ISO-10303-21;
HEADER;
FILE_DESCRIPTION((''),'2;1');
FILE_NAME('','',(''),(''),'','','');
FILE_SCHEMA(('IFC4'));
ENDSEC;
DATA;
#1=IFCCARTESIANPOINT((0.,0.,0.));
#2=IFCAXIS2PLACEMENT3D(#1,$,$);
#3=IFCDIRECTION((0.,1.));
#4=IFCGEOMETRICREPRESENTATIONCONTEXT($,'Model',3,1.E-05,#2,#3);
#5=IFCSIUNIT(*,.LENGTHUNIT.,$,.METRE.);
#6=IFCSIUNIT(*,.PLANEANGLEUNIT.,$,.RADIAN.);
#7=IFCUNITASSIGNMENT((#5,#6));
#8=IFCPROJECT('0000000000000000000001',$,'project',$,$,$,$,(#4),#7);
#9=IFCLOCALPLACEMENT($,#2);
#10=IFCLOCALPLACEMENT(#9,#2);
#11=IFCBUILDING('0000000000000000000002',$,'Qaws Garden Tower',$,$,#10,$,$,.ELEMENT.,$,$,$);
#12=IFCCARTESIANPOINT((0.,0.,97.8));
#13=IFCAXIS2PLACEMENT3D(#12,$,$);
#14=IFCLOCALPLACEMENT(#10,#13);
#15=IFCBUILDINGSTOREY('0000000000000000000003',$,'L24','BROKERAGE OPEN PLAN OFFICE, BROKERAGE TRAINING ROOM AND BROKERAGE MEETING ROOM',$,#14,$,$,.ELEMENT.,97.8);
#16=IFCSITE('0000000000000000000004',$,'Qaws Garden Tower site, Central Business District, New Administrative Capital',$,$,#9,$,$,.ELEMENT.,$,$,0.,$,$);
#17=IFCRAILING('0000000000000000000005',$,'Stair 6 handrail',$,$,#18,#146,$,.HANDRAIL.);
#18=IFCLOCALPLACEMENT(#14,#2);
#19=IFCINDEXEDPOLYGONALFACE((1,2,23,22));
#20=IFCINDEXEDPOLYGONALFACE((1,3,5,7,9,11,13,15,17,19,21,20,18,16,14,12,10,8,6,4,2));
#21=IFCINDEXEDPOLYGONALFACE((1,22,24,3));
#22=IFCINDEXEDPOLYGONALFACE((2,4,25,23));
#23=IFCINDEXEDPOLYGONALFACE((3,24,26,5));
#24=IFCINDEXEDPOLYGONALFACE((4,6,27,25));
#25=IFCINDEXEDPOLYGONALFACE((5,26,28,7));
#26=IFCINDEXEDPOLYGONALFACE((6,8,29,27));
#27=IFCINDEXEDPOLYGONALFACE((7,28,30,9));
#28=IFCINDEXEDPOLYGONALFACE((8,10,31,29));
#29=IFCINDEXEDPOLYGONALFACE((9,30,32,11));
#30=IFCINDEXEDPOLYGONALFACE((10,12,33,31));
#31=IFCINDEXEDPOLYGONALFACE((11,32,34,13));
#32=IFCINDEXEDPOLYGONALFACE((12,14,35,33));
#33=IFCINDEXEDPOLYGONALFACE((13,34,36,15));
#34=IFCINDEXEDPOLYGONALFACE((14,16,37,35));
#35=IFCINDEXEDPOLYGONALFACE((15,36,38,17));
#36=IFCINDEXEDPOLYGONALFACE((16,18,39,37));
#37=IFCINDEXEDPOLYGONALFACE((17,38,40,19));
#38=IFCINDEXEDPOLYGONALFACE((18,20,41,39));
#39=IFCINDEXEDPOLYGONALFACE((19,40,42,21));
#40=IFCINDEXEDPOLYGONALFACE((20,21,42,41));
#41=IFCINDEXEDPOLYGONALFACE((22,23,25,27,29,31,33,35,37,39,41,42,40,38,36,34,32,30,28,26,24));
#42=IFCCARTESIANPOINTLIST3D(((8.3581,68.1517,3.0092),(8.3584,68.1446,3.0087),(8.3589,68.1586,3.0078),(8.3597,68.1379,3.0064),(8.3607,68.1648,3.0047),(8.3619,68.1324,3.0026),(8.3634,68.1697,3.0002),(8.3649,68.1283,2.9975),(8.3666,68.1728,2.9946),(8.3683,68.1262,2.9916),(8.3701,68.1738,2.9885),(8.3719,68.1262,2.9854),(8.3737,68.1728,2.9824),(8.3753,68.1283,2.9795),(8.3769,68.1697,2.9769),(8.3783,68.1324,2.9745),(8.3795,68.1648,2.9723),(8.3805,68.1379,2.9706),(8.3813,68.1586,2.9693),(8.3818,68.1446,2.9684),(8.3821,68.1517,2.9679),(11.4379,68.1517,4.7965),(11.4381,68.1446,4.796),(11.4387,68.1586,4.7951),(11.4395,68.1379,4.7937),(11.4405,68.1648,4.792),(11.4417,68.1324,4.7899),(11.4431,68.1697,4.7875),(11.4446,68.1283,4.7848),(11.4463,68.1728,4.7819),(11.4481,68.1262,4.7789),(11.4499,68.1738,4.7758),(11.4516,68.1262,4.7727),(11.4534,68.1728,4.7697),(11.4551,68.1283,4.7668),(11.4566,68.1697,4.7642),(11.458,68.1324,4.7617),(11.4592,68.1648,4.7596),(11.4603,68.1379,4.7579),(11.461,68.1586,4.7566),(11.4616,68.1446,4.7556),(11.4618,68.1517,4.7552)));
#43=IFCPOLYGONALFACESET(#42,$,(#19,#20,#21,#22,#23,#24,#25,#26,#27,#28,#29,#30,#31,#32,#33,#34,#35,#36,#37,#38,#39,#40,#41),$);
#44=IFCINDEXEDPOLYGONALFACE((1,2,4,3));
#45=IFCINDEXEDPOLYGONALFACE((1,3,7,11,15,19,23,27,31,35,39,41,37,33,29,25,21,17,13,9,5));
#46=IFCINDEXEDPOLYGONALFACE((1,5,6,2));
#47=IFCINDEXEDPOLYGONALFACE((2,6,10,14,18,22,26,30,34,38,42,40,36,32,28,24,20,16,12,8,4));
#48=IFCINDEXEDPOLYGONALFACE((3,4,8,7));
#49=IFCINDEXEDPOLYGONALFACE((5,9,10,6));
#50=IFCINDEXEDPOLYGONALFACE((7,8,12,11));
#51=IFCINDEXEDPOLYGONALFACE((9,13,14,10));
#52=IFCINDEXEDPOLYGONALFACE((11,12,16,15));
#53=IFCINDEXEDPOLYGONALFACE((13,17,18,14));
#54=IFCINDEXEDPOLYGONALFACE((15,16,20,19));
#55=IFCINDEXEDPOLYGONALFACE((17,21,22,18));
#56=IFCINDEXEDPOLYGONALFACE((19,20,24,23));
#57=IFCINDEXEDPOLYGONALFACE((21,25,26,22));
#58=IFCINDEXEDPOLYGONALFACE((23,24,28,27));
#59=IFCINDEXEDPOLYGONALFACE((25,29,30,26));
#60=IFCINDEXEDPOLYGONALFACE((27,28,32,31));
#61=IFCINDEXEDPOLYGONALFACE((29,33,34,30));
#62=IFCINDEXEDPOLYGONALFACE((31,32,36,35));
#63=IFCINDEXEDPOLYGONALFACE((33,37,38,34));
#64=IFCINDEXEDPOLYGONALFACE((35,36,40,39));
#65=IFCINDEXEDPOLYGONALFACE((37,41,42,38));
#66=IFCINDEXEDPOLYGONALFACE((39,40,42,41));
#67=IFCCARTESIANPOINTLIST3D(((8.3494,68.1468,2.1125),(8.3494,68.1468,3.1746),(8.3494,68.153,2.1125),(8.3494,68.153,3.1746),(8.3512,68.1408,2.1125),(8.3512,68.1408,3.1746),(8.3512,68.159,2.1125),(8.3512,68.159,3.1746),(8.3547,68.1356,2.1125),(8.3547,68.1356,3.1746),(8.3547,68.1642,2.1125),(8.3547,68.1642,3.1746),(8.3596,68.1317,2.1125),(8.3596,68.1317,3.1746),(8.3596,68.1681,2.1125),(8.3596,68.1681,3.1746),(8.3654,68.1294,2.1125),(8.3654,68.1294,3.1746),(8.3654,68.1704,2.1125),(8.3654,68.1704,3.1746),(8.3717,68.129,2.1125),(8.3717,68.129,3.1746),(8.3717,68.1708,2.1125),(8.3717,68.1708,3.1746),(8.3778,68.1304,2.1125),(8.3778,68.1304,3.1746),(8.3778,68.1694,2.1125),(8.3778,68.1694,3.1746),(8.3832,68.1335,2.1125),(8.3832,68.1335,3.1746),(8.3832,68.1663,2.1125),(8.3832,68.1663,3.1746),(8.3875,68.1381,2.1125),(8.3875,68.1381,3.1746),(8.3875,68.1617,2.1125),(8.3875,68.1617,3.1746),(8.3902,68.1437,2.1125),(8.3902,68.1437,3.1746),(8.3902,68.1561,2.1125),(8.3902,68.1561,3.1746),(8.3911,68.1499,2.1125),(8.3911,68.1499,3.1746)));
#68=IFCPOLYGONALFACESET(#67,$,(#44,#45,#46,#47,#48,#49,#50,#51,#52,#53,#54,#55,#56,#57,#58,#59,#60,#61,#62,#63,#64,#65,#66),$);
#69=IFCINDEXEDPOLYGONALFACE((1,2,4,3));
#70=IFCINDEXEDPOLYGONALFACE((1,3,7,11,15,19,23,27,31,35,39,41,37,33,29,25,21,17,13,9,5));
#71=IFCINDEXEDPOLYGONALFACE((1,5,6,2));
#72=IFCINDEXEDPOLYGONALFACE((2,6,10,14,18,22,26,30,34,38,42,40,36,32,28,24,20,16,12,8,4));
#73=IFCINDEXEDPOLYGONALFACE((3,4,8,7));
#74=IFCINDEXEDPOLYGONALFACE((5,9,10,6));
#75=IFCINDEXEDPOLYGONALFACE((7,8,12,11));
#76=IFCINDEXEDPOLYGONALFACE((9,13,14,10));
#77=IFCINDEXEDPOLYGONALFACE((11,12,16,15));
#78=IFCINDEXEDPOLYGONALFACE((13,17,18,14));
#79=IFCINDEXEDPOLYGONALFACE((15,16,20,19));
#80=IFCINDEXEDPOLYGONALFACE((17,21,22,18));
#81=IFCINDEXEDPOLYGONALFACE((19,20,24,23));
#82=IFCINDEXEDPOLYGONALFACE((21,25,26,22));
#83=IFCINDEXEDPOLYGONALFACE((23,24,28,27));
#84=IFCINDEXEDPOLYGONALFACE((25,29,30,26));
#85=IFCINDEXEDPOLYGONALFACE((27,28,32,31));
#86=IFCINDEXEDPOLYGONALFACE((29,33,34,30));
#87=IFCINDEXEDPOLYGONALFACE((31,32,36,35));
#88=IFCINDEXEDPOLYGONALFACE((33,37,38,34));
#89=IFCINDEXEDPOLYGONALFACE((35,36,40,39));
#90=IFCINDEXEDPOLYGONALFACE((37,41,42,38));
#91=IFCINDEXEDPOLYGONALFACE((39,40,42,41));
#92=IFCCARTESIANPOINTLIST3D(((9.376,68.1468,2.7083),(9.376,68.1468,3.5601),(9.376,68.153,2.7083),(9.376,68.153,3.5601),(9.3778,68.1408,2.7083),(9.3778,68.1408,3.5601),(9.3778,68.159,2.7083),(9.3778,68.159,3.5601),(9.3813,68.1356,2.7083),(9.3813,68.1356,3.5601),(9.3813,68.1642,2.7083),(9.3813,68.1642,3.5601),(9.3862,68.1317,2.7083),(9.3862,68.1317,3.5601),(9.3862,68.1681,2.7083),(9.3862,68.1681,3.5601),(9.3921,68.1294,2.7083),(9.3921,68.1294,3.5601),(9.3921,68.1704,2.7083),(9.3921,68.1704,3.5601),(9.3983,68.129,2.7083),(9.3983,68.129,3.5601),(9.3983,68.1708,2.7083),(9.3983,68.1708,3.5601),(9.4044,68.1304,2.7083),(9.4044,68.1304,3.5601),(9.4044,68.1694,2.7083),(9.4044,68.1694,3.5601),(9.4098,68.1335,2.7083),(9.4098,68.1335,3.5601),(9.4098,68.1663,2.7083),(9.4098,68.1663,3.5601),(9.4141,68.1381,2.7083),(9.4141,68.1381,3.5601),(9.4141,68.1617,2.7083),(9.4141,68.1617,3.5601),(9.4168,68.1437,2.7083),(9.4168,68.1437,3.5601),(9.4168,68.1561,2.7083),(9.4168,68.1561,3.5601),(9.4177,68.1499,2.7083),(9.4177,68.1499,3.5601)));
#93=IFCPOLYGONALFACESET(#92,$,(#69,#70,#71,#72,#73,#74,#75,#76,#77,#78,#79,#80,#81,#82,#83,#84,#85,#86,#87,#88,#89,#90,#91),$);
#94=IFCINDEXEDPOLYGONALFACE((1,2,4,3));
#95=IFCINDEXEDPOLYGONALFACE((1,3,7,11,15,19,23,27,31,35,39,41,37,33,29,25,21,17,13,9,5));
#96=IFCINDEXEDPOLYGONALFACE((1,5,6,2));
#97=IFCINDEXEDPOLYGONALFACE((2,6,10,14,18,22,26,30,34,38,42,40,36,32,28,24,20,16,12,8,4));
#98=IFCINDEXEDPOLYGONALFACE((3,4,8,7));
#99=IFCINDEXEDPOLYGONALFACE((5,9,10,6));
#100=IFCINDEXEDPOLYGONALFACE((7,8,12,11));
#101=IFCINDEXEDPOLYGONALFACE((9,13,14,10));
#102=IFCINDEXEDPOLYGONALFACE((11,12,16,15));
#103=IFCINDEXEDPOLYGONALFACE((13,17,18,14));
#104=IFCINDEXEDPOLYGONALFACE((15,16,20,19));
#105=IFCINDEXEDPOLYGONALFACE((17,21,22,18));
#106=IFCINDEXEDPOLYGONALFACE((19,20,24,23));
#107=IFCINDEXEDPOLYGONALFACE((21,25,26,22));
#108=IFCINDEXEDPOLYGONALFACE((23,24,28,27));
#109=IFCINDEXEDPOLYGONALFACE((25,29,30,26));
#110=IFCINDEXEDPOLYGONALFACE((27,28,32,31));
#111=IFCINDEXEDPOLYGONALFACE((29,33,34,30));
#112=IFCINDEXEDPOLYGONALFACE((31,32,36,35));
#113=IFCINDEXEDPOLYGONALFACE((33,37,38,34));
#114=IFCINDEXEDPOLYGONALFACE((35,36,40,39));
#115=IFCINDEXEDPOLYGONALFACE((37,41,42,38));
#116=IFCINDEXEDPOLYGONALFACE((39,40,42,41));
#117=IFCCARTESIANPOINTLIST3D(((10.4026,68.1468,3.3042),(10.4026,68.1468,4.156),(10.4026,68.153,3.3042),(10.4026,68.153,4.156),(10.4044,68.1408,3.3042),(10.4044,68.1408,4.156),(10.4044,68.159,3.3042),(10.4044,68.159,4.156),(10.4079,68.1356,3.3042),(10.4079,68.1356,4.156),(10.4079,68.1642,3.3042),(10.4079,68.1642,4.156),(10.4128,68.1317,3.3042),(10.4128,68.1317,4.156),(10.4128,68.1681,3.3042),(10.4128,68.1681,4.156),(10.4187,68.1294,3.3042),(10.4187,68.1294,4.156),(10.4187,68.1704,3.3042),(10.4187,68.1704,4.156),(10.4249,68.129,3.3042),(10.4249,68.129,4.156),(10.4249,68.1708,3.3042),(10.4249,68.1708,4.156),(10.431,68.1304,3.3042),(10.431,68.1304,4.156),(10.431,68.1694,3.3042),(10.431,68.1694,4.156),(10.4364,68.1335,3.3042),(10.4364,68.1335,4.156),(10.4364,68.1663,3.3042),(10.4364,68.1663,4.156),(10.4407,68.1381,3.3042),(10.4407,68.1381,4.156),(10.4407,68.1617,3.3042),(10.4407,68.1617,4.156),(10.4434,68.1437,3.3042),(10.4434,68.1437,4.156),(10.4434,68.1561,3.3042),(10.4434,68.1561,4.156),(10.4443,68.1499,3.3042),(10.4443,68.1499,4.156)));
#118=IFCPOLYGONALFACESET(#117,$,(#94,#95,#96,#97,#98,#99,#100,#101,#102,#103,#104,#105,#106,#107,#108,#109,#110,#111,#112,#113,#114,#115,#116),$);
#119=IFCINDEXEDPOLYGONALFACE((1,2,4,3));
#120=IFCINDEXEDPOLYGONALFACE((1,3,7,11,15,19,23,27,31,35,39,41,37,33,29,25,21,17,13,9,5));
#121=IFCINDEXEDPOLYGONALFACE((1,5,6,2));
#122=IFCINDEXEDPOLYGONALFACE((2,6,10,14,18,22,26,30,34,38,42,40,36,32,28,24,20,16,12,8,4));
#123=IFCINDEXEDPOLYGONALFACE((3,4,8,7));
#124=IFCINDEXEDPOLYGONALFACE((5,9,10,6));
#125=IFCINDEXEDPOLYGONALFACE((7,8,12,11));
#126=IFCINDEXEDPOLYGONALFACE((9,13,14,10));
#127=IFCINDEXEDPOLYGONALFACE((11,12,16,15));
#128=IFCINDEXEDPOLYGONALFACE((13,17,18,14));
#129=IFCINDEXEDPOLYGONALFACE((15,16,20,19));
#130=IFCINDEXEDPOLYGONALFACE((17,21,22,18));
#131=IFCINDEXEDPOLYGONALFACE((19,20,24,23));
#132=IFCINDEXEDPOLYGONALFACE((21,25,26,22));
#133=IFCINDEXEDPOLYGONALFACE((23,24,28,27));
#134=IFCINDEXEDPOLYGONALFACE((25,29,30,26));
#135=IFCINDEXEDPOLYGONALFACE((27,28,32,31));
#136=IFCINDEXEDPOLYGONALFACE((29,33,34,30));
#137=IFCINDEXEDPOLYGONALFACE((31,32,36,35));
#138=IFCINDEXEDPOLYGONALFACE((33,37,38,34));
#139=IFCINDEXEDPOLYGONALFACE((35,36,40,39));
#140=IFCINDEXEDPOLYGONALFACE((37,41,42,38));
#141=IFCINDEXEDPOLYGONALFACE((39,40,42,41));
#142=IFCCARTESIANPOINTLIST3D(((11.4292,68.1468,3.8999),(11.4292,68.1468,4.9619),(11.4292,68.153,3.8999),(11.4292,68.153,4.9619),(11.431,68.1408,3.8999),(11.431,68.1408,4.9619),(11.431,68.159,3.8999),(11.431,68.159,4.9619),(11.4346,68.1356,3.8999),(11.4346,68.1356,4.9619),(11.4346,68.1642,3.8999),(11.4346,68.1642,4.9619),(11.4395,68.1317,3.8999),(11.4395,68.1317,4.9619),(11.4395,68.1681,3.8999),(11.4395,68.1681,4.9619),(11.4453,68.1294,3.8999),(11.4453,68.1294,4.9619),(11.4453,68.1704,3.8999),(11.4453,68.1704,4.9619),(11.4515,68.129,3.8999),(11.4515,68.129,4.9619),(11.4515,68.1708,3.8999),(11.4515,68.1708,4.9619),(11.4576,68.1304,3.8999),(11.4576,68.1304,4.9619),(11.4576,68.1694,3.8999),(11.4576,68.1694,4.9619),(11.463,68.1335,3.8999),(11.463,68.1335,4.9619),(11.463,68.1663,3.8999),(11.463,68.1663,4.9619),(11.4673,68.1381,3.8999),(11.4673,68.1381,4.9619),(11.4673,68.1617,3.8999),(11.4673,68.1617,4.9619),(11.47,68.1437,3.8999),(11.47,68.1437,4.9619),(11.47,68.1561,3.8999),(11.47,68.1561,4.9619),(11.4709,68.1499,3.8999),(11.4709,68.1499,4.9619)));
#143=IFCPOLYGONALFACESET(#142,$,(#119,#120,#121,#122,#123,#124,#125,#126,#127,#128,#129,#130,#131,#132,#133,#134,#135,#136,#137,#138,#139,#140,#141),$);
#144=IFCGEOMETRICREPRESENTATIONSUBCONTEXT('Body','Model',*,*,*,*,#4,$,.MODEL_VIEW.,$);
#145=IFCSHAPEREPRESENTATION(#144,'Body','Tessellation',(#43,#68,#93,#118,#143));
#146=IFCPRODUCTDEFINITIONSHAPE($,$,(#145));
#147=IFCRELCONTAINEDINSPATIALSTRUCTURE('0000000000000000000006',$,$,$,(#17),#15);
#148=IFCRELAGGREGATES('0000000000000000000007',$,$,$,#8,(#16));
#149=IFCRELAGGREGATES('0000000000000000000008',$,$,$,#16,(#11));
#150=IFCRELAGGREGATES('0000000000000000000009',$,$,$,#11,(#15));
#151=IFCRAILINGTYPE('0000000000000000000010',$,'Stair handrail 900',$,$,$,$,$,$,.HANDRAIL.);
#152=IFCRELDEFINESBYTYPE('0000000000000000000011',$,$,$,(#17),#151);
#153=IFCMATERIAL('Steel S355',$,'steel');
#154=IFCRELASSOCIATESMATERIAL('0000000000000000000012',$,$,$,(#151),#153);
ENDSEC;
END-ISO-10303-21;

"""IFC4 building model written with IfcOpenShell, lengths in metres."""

from ifc_helpers import new_model, si_unit, direction, frame, origin, origin_2d, place, context, subcontext, project, spatial, circle, extrude, material, type_object, element, save


model = new_model("IFC4")

# Units and contexts
model_context = context("Model", 3, precision=1e-05, world=origin(), true_north=direction((0.0, 1.0)))
body_context = subcontext(model_context, "Body", "Model", "MODEL_VIEW")
ifc_project = project(units=[si_unit("LENGTHUNIT", "METRE"), si_unit("PLANEANGLEUNIT", "RADIAN")], contexts=[model_context])

# Site, building, storey
site_placement = place(None, origin())
site = spatial("IfcSite", under=ifc_project, at=site_placement, Name="Qaws Garden Tower site, Central Business District, New Administrative Capital", CompositionType="ELEMENT", RefElevation=0.0)
building_placement = place(site_placement, origin())
building = spatial("IfcBuilding", under=site, at=building_placement, Name="Qaws Garden Tower", CompositionType="ELEMENT")
storey_placement = place(building_placement, frame((0.0, 0.0, 97.8)))
storey = spatial("IfcBuildingStorey", under=building, at=storey_placement, Name="L24", Description="BROKERAGE OPEN PLAN OFFICE, BROKERAGE TRAINING ROOM AND BROKERAGE MEETING ROOM", CompositionType="ELEMENT", Elevation=97.8)

# Railing
ifc_material_1 = material(Name="Steel S355", Category="steel")
railing_type = type_object("IfcRailingType", Name="Stair handrail 900", PredefinedType="HANDRAIL", material=ifc_material_1)
railing_1_placement = place(storey_placement, frame((8.3701, 68.1499, 2.1125)))
element("IfcRailing", 1, at=railing_1_placement, inside=storey, type_object=railing_type, Name="Stair 6 handrail", PredefinedType="HANDRAIL", context=body_context, shape_type="SweptSolid", body=[
    extrude(circle(Radius=0.0239, at=origin_2d()), frame((0.0, 0.0, 0.876), z_axis=(0.864903, 0.0, 0.501939), x_axis=(0.0, 1.0, 0.0)), (0.0, 0.0, 1.0), 3.5608),
    extrude(circle(Radius=0.021, at=origin_2d()), origin(), (0.0, 0.0, 1.0), 1.062),
    extrude(circle(Radius=0.021, at=origin_2d()), frame((1.0266, 0.0, 0.5957)), (0.0, 0.0, 1.0), 0.8518),
    extrude(circle(Radius=0.021, at=origin_2d()), frame((2.0532, 0.0, 1.1917)), (0.0, 0.0, 1.0), 0.8518),
    extrude(circle(Radius=0.021, at=origin_2d()), frame((3.0798, 0.0, 1.7874)), (0.0, 0.0, 1.0), 1.062),
])

save(model, "model.ifc")
